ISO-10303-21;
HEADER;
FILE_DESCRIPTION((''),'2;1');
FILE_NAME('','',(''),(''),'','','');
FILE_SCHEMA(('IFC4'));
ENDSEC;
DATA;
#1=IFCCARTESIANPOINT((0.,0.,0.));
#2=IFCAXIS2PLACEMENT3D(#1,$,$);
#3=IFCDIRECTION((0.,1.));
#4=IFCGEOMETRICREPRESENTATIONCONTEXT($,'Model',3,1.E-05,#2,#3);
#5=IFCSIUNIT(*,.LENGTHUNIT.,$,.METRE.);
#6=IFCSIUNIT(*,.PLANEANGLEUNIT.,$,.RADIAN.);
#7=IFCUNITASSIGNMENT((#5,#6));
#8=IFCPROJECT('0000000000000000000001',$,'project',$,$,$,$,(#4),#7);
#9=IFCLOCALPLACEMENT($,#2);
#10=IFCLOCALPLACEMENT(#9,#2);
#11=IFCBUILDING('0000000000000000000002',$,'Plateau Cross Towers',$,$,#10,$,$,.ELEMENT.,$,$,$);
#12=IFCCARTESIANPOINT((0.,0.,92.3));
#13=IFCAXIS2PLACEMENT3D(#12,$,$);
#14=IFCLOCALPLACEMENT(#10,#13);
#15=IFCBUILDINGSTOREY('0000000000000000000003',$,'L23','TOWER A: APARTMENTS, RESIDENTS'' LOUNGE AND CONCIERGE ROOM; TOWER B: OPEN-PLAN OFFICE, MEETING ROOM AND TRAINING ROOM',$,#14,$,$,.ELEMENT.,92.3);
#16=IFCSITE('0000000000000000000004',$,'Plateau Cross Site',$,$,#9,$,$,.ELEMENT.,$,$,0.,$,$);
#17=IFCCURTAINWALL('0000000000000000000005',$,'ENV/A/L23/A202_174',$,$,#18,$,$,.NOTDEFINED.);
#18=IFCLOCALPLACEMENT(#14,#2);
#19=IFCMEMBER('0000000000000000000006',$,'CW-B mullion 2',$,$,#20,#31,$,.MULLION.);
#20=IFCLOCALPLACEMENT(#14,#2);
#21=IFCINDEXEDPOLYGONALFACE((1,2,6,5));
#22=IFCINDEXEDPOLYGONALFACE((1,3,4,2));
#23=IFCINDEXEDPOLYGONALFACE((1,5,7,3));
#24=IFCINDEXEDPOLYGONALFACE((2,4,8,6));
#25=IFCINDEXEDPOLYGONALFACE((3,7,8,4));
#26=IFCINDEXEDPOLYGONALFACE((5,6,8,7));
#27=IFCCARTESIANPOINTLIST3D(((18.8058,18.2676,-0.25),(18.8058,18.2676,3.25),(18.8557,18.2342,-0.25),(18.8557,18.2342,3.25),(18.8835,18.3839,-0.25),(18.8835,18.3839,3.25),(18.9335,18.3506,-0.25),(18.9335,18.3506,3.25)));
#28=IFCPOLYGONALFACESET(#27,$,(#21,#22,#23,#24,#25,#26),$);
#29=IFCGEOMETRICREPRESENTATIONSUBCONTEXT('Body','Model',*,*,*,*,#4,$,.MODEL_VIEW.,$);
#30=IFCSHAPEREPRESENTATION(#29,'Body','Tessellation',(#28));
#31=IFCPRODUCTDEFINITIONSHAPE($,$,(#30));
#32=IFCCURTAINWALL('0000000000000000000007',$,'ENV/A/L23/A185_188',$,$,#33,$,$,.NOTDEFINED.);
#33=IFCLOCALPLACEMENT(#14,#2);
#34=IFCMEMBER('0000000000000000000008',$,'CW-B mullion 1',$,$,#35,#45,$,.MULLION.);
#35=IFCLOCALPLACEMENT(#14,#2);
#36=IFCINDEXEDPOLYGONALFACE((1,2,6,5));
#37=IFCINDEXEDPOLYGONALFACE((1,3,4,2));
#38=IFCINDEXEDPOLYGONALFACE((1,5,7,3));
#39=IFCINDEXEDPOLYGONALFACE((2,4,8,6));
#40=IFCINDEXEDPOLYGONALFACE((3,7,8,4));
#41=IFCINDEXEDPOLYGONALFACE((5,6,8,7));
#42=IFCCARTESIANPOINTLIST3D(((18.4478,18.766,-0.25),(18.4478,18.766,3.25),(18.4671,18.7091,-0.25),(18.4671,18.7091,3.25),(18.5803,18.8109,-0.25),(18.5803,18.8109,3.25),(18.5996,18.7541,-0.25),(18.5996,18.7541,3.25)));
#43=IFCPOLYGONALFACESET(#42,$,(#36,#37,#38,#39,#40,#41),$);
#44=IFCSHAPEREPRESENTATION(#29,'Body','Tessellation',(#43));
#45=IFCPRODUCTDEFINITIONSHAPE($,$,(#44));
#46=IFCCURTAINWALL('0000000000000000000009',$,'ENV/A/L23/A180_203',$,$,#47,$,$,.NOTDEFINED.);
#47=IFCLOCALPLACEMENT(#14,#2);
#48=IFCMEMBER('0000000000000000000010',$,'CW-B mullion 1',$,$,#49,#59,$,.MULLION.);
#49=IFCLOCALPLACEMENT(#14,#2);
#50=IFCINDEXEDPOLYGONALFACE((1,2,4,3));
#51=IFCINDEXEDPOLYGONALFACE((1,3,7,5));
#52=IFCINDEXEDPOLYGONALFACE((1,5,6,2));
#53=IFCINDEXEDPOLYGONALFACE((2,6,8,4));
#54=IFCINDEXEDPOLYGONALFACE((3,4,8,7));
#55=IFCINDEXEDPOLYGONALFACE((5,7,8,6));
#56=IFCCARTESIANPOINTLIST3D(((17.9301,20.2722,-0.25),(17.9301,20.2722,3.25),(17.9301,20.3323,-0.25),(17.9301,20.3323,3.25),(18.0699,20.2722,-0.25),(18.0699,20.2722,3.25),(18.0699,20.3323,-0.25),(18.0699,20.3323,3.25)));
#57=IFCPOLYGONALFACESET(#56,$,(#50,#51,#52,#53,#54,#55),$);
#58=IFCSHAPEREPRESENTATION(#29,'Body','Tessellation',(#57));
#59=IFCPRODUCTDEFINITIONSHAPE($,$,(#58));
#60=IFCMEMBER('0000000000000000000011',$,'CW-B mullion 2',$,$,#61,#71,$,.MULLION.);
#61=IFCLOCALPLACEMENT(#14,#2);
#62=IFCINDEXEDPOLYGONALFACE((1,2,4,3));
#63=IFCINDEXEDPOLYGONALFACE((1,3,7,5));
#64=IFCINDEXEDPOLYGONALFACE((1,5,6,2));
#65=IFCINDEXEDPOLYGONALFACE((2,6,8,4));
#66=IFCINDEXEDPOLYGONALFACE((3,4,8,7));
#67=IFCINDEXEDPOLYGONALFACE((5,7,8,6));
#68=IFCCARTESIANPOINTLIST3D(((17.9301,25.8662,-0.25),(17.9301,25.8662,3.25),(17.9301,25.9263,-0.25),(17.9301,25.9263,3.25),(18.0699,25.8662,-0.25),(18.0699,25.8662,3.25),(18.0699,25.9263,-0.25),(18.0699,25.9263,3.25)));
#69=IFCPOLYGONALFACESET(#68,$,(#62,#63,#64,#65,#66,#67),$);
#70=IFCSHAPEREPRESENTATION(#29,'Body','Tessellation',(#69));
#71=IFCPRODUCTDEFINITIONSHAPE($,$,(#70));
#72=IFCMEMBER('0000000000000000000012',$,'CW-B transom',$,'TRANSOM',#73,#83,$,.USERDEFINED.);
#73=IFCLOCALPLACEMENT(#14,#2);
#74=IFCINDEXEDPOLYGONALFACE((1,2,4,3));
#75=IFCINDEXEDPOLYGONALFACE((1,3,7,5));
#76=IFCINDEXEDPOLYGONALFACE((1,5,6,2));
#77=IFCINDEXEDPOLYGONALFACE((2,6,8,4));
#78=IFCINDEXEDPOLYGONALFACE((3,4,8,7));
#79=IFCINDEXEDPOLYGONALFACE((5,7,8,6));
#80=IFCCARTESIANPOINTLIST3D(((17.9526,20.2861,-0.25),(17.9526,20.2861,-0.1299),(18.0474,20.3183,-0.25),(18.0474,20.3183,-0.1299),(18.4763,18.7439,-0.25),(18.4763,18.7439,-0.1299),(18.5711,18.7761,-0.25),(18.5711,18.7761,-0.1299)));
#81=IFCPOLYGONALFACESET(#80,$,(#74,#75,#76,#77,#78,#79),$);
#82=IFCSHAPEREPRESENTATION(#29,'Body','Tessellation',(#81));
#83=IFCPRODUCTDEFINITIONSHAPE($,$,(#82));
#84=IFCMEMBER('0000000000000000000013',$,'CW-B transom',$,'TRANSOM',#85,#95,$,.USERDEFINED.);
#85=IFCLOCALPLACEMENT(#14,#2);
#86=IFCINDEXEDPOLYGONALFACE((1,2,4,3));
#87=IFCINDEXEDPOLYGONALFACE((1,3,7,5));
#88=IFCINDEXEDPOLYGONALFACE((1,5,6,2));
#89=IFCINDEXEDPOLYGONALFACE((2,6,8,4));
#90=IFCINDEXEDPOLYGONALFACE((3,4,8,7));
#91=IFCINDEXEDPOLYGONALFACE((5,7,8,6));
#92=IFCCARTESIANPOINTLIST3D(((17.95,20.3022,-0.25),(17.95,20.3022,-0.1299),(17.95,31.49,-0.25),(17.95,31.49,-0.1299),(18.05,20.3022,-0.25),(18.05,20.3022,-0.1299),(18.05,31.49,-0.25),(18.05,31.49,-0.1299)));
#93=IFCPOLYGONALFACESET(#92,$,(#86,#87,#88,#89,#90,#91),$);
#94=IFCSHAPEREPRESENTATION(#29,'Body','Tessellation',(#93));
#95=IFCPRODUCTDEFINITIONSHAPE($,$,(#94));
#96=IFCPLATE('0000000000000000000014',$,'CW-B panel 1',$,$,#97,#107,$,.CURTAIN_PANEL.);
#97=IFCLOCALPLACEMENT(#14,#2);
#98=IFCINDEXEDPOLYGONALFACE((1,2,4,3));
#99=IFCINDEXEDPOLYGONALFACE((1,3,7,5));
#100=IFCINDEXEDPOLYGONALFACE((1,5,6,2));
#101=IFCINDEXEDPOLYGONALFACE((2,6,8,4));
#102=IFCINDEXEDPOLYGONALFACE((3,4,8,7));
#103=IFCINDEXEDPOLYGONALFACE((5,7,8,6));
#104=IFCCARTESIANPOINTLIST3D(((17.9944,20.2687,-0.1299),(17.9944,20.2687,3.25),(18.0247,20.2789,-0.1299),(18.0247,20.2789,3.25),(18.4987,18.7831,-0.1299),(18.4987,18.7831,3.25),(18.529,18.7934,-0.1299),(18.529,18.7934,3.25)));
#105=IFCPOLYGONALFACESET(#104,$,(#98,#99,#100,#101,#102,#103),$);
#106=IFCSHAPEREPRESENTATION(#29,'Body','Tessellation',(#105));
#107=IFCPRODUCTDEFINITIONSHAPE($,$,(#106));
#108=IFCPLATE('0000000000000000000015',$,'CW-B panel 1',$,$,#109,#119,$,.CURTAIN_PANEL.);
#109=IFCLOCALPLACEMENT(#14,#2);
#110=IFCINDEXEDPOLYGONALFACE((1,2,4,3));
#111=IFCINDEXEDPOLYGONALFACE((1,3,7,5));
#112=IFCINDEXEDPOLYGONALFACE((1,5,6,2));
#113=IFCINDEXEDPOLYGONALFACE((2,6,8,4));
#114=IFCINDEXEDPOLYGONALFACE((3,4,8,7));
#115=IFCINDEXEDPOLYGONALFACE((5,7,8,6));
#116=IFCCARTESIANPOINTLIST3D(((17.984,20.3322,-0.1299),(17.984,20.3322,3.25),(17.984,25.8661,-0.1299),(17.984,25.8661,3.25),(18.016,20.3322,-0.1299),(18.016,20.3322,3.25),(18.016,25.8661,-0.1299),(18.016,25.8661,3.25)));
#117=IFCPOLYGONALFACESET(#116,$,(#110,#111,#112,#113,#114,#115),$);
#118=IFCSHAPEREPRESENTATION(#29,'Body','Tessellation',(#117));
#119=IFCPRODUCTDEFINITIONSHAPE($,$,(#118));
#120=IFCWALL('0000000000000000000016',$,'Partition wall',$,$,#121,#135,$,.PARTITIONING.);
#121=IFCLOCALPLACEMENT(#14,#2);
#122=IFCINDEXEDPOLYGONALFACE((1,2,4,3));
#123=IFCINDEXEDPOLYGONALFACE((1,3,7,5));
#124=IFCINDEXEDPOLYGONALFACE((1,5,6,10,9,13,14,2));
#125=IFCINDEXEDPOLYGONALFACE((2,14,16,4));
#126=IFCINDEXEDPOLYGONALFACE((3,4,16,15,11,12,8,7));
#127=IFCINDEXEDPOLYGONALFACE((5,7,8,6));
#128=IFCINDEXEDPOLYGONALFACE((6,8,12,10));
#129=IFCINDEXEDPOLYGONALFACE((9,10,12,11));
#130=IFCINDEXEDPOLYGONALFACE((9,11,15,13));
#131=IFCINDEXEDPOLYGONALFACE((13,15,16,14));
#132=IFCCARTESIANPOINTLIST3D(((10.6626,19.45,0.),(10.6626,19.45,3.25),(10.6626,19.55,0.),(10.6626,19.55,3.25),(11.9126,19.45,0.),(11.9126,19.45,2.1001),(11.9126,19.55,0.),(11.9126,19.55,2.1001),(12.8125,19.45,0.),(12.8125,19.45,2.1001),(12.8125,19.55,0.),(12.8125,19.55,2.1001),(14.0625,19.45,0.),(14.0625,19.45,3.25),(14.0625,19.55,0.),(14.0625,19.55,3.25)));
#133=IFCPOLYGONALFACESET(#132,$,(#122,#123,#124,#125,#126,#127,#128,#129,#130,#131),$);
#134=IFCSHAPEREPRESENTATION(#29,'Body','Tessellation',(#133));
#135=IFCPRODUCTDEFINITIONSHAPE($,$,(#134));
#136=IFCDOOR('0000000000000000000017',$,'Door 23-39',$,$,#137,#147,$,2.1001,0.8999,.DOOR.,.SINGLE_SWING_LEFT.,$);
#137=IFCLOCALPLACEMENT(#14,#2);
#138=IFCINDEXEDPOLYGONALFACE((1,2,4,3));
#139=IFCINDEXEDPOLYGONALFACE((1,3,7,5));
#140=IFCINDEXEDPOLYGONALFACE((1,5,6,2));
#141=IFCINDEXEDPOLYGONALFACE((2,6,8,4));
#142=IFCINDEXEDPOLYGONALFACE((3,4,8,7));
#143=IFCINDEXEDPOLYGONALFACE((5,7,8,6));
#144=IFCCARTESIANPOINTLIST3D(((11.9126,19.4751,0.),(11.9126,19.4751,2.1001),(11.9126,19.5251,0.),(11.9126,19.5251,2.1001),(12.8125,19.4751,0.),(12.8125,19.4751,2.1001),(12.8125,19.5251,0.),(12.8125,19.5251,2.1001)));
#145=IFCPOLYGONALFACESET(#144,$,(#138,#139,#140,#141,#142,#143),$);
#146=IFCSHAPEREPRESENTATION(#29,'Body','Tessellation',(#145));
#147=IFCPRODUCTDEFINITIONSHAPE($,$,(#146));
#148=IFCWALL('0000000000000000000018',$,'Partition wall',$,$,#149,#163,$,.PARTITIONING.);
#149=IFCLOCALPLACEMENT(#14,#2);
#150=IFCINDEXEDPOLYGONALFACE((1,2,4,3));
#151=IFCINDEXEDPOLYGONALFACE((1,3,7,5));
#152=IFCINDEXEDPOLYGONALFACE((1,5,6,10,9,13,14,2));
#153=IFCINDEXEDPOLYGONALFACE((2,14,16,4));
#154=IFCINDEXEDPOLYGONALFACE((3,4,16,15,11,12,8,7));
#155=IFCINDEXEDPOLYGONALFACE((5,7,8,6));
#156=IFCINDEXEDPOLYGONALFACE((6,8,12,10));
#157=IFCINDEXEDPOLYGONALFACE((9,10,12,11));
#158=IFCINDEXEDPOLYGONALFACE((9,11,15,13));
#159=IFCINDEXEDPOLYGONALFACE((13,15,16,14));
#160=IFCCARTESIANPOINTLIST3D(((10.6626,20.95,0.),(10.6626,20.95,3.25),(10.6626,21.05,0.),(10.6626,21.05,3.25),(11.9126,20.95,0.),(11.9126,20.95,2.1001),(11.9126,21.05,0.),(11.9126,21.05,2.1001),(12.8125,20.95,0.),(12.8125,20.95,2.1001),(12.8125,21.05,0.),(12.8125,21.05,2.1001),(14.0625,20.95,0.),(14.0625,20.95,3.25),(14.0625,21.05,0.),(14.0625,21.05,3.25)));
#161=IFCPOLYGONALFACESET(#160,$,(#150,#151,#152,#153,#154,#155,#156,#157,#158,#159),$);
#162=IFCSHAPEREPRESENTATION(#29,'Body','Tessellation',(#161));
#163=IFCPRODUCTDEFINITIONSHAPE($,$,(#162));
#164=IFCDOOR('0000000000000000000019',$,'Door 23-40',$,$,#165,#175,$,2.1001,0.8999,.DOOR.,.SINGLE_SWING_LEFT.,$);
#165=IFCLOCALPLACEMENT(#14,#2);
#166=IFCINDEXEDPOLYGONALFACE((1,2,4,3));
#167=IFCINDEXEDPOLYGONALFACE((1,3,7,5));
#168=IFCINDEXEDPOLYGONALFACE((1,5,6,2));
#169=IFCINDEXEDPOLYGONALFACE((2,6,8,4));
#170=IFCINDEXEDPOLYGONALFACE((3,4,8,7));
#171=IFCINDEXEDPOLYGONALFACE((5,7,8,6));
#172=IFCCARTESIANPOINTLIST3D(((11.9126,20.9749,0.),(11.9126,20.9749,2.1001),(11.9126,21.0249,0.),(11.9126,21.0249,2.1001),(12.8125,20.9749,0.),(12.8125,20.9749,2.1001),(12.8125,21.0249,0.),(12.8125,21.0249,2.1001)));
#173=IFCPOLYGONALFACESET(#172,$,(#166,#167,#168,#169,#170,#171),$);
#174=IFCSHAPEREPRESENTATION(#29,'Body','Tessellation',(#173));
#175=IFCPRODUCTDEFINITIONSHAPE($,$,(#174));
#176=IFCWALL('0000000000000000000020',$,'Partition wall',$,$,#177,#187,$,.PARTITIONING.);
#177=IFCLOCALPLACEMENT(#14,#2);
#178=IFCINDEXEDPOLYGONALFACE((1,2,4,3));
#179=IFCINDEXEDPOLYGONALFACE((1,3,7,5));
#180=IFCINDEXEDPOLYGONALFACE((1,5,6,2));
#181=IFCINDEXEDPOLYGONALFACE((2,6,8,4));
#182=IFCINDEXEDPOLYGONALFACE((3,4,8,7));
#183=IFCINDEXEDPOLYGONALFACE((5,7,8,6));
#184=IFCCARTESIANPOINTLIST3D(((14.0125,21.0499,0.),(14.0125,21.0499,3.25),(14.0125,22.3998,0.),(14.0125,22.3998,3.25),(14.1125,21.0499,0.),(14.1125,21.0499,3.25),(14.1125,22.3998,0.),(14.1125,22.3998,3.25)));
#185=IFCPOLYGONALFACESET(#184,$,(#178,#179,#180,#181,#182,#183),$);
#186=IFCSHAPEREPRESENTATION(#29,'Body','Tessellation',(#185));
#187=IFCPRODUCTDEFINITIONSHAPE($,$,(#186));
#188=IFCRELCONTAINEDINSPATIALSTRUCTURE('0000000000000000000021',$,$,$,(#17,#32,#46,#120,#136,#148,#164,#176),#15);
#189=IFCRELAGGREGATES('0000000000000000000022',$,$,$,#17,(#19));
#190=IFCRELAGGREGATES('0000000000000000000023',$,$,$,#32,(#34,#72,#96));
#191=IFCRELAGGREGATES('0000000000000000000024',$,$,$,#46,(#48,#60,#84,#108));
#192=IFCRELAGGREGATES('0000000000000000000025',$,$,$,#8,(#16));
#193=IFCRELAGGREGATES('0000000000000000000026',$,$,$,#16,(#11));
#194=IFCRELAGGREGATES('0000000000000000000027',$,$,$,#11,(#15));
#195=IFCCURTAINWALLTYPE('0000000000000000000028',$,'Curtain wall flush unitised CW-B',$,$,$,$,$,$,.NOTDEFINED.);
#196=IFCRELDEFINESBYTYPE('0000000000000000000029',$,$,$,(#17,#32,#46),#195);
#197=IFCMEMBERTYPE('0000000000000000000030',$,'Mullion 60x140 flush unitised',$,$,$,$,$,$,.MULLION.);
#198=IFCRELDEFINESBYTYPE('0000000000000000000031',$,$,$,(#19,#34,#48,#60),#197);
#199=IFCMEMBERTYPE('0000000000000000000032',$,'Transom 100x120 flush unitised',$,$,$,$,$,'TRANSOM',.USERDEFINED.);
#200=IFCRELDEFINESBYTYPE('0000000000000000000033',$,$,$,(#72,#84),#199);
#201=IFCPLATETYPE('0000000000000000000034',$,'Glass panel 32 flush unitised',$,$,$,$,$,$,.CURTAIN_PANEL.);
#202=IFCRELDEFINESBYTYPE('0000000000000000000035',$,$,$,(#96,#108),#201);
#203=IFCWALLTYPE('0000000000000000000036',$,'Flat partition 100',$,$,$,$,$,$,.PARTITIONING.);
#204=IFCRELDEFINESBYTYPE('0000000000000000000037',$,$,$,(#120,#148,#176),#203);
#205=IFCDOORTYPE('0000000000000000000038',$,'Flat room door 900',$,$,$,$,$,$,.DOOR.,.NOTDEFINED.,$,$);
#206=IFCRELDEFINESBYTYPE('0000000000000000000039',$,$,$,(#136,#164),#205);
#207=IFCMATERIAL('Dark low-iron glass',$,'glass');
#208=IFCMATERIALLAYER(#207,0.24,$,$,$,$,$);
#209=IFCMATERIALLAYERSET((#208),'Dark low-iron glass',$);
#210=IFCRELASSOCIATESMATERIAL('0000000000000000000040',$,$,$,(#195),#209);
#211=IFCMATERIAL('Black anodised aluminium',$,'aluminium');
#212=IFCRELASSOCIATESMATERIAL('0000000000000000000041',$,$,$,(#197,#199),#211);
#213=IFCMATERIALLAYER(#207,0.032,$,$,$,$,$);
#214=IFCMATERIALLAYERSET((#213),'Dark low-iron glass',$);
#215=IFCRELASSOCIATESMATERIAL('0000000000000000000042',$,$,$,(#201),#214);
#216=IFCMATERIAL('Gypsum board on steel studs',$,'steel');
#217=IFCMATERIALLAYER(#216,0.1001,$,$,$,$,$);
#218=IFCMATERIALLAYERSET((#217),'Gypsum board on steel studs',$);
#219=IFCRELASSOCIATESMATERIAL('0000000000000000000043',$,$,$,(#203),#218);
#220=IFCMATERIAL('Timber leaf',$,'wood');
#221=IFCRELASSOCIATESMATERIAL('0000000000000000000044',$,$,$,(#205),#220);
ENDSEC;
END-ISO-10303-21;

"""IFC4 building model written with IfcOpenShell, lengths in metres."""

from ifc_helpers import new_model, si_unit, direction, frame, frame_2d, origin, origin_2d, place, context, subcontext, project, spatial, rectangle, extrude, material, layer, layer_set, material_profile, profile_set, type_object, element, fill, aggregate, save


model = new_model("IFC4")

# Units and contexts
model_context = context("Model", 3, precision=1e-05, world=origin(), true_north=direction((0.0, 1.0)))
body_context = subcontext(model_context, "Body", "Model", "MODEL_VIEW")
ifc_project = project(units=[si_unit("LENGTHUNIT", "METRE"), si_unit("PLANEANGLEUNIT", "RADIAN")], contexts=[model_context])

# Site, building, storey
site_placement = place(None, origin())
site = spatial("IfcSite", under=ifc_project, at=site_placement, Name="Plateau Cross Site", CompositionType="ELEMENT", RefElevation=0.0)
building_placement = place(site_placement, origin())
building = spatial("IfcBuilding", under=site, at=building_placement, Name="Plateau Cross Towers", CompositionType="ELEMENT")
storey_placement = place(building_placement, frame((0.0, 0.0, 92.3)))
storey = spatial("IfcBuildingStorey", under=building, at=storey_placement, Name="L23", Description="TOWER A: APARTMENTS, RESIDENTS' LOUNGE AND CONCIERGE ROOM; TOWER B: OPEN-PLAN OFFICE, MEETING ROOM AND TRAINING ROOM", CompositionType="ELEMENT", Elevation=92.3)

# Curtain walls, members
ifc_material_1 = material(Name="Dark low-iron glass", Category="glass")
ifc_layer_1 = layer(ifc_material_1, 0.24)
ifc_layer_set_1 = layer_set([ifc_layer_1], Name="Dark low-iron glass")
curtain_wall_type = type_object("IfcCurtainWallType", Name="Curtain wall flush unitised CW-B", PredefinedType="NOTDEFINED", material=ifc_layer_set_1)
curtain_wall_1_placement = place(storey_placement, origin())
curtain_wall_1 = element("IfcCurtainWall", 1, at=curtain_wall_1_placement, inside=storey, type_object=curtain_wall_type, Name="ENV/A/L23/A202_174", PredefinedType="NOTDEFINED")
ifc_material_2 = material(Name="Black anodised aluminium", Category="aluminium")
ifc_material_profile_1 = material_profile(ifc_material_2, rectangle(XDim=0.0601, YDim=0.1399, at=origin_2d()), Name="MULLION 60x140")
ifc_profile_set_1 = profile_set([ifc_material_profile_1], Name="Black anodised aluminium")
member_type_1 = type_object("IfcMemberType", Name="Mullion 60x140 flush unitised", PredefinedType="MULLION", material=ifc_profile_set_1)
member_1_placement = place(storey_placement, frame((18.8696, 18.3091, -0.25), z_axis=(0.0, 0.0, 1.0), x_axis=(-0.831521, 0.555493, 0.0)))
member_1 = element("IfcMember", 2, at=member_1_placement, type_object=member_type_1, Name="CW-B mullion 2", PredefinedType="MULLION", context=body_context, shape_type="SweptSolid", body=[
    extrude(rectangle(XDim=0.0601, YDim=0.1399, at=origin_2d()), origin(), (0.0, 0.0, 1.0), 3.5),
])
aggregate(curtain_wall_1, [member_1])
curtain_wall_2_placement = place(storey_placement, origin())
curtain_wall_2 = element("IfcCurtainWall", 3, at=curtain_wall_2_placement, inside=storey, type_object=curtain_wall_type, Name="ENV/A/L23/A185_188", PredefinedType="NOTDEFINED")
member_2_placement = place(storey_placement, frame((18.5237, 18.76, -0.25), z_axis=(0.0, 0.0, 1.0), x_axis=(-0.321469, 0.94692, 0.0)))
member_2 = element("IfcMember", 4, at=member_2_placement, type_object=member_type_1, Name="CW-B mullion 1", PredefinedType="MULLION", context=body_context, shape_type="SweptSolid", body=[
    extrude(rectangle(XDim=0.0601, YDim=0.1399, at=origin_2d()), origin(), (0.0, 0.0, 1.0), 3.5),
])

# Curtain wall, members
curtain_wall_3_placement = place(storey_placement, origin())
curtain_wall_3 = element("IfcCurtainWall", 5, at=curtain_wall_3_placement, inside=storey, type_object=curtain_wall_type, Name="ENV/A/L23/A180_203", PredefinedType="NOTDEFINED")
member_3_placement = place(storey_placement, frame((18.0, 20.3022, -0.25), z_axis=(0.0, 0.0, 1.0), x_axis=(0.0, 1.0, 0.0)))
member_3 = element("IfcMember", 6, at=member_3_placement, type_object=member_type_1, Name="CW-B mullion 1", PredefinedType="MULLION", context=body_context, shape_type="SweptSolid", body=[
    extrude(rectangle(XDim=0.0601, YDim=0.1399, at=origin_2d()), origin(), (0.0, 0.0, 1.0), 3.5),
])
member_4_placement = place(storey_placement, frame((18.0, 25.8962, -0.25), z_axis=(0.0, 0.0, 1.0), x_axis=(0.0, 1.0, 0.0)))
member_4 = element("IfcMember", 7, at=member_4_placement, type_object=member_type_1, Name="CW-B mullion 2", PredefinedType="MULLION", context=body_context, shape_type="SweptSolid", body=[
    extrude(rectangle(XDim=0.0601, YDim=0.1399, at=origin_2d()), origin(), (0.0, 0.0, 1.0), 3.5),
])

# Members
ifc_material_profile_2 = material_profile(ifc_material_2, rectangle(XDim=0.1001, YDim=0.1201, at=origin_2d()), Name="TRANSOM 100x120")
ifc_profile_set_2 = profile_set([ifc_material_profile_2], Name="Black anodised aluminium")
member_type_2 = type_object("IfcMemberType", Name="Transom 100x120 flush unitised", ElementType="TRANSOM", PredefinedType="USERDEFINED", material=ifc_profile_set_2)
member_5_placement = place(storey_placement, frame((18.5237, 18.76, -0.1899), z_axis=(-0.321529, 0.9469, 0.0), x_axis=(-0.9469, -0.321529, 0.0)))
member_5 = element("IfcMember", 8, at=member_5_placement, type_object=member_type_2, Name="CW-B transom", ObjectType="TRANSOM", PredefinedType="USERDEFINED", context=body_context, shape_type="SweptSolid", body=[
    extrude(rectangle(XDim=0.1001, YDim=0.1201, at=origin_2d()), origin(), (0.0, 0.0, 1.0), 1.6287),
])
member_6_placement = place(storey_placement, frame((18.0, 20.3022, -0.1899), z_axis=(0.0, 1.0, 0.0), x_axis=(-1.0, 0.0, 0.0)))
member_6 = element("IfcMember", 9, at=member_6_placement, type_object=member_type_2, Name="CW-B transom", ObjectType="TRANSOM", PredefinedType="USERDEFINED", context=body_context, shape_type="SweptSolid", body=[
    extrude(rectangle(XDim=0.1001, YDim=0.1201, at=origin_2d()), origin(), (0.0, 0.0, 1.0), 11.1877),
])

# Plates
ifc_layer_2 = layer(ifc_material_1, 0.032)
ifc_layer_set_2 = layer_set([ifc_layer_2], Name="Dark low-iron glass")
plate_type = type_object("IfcPlateType", Name="Glass panel 32 flush unitised", PredefinedType="CURTAIN_PANEL", material=ifc_layer_set_2)
plate_1_placement = place(storey_placement, frame((18.2617, 19.531, -0.1299), z_axis=(0.0, 0.0, 1.0), x_axis=(-0.321469, 0.94692, 0.0)))
plate_1 = element("IfcPlate", 10, at=plate_1_placement, type_object=plate_type, Name="CW-B panel 1", PredefinedType="CURTAIN_PANEL", context=body_context, shape_type="SweptSolid", body=[
    extrude(rectangle(XDim=1.5688, YDim=0.032, at=origin_2d()), origin(), (0.0, 0.0, 1.0), 3.3799),
])
aggregate(curtain_wall_2, [member_2, member_5, plate_1])
plate_2_placement = place(storey_placement, frame((18.0, 23.0991, -0.1299), z_axis=(0.0, 0.0, 1.0), x_axis=(0.0, 1.0, 0.0)))
plate_2 = element("IfcPlate", 11, at=plate_2_placement, type_object=plate_type, Name="CW-B panel 1", PredefinedType="CURTAIN_PANEL", context=body_context, shape_type="SweptSolid", body=[
    extrude(rectangle(XDim=5.5339, YDim=0.032, at=origin_2d()), origin(), (0.0, 0.0, 1.0), 3.3799),
])
aggregate(curtain_wall_3, [member_3, member_4, member_6, plate_2])

# Walls, openings, doors
ifc_material_3 = material(Name="Gypsum board on steel studs", Category="steel")
ifc_layer_3 = layer(ifc_material_3, 0.1001)
ifc_layer_set_3 = layer_set([ifc_layer_3], Name="Gypsum board on steel studs")
wall_type_1 = type_object("IfcWallType", Name="Flat partition 100", PredefinedType="PARTITIONING", material=ifc_layer_set_3)
wall_1_placement = place(storey_placement, frame((14.0625, 19.5, 0.0), z_axis=(0.0, 0.0, 1.0), x_axis=(-1.0, 0.0, 0.0)))
wall_1 = element("IfcWall", 12, at=wall_1_placement, inside=storey, type_object=wall_type_1, Name="Partition wall", PredefinedType="PARTITIONING", context=body_context, shape_type="SweptSolid", body=[
    extrude(rectangle(XDim=3.3999, YDim=0.1001, at=frame_2d((1.7, 0.0))), origin(), (0.0, 0.0, 1.0), 3.25),
])
opening_1_placement = place(wall_1_placement, frame((1.25, 0.0, 0.0)))
opening_1 = element("IfcOpeningElement", 13, at=opening_1_placement, cuts=wall_1, PredefinedType="OPENING", context=body_context, shape_type="SweptSolid", body=[
    extrude(rectangle(XDim=0.8999, YDim=2.1001, at=frame_2d((0.45, 1.05))), frame((0.0, 0.0601, 0.0), z_axis=(0.0, -1.0, 0.0), x_axis=(1.0, 0.0, 0.0)), (0.0, 0.0, 1.0), 0.1201),
])
ifc_material_4 = material(Name="Timber leaf", Category="wood")
door_type = type_object("IfcDoorType", Name="Flat room door 900", OperationType="NOTDEFINED", PredefinedType="DOOR", material=ifc_material_4)
door_1_placement = place(opening_1_placement, origin())
door_1 = element("IfcDoor", 14, at=door_1_placement, inside=storey, type_object=door_type, Name="Door 23-39", OperationType="SINGLE_SWING_LEFT", OverallHeight=2.1001, OverallWidth=0.8999, PredefinedType="DOOR", context=body_context, shape_type="SweptSolid", body=[
    extrude(rectangle(XDim=0.8999, YDim=2.1001, at=frame_2d((0.45, 1.05))), frame((0.0, 0.0249, 0.0), z_axis=(0.0, -1.0, 0.0), x_axis=(1.0, 0.0, 0.0)), (0.0, 0.0, 1.0), 0.05),
])
fill(opening_1, door_1)
wall_2_placement = place(storey_placement, frame((10.6626, 21.0, 0.0), z_axis=(0.0, 0.0, 1.0), x_axis=(1.0, 0.0, 0.0)))
wall_2 = element("IfcWall", 15, at=wall_2_placement, inside=storey, type_object=wall_type_1, Name="Partition wall", PredefinedType="PARTITIONING", context=body_context, shape_type="SweptSolid", body=[
    extrude(rectangle(XDim=3.3999, YDim=0.1001, at=frame_2d((1.7, 0.0))), origin(), (0.0, 0.0, 1.0), 3.25),
])
opening_2_placement = place(wall_2_placement, frame((1.25, 0.0, 0.0)))
opening_2 = element("IfcOpeningElement", 16, at=opening_2_placement, cuts=wall_2, PredefinedType="OPENING", context=body_context, shape_type="SweptSolid", body=[
    extrude(rectangle(XDim=0.8999, YDim=2.1001, at=frame_2d((0.45, 1.05))), frame((0.0, 0.0601, 0.0), z_axis=(0.0, -1.0, 0.0), x_axis=(1.0, 0.0, 0.0)), (0.0, 0.0, 1.0), 0.1201),
])
door_2_placement = place(opening_2_placement, origin())
door_2 = element("IfcDoor", 17, at=door_2_placement, inside=storey, type_object=door_type, Name="Door 23-40", OperationType="SINGLE_SWING_LEFT", OverallHeight=2.1001, OverallWidth=0.8999, PredefinedType="DOOR", context=body_context, shape_type="SweptSolid", body=[
    extrude(rectangle(XDim=0.8999, YDim=2.1001, at=frame_2d((0.45, 1.05))), frame((0.0, 0.0249, 0.0), z_axis=(0.0, -1.0, 0.0), x_axis=(1.0, 0.0, 0.0)), (0.0, 0.0, 1.0), 0.05),
])
fill(opening_2, door_2)

# Wall
wall_3_placement = place(storey_placement, frame((14.0625, 21.05, 0.0), z_axis=(0.0, 0.0, 1.0), x_axis=(0.0, 1.0, 0.0)))
element("IfcWall", 18, at=wall_3_placement, inside=storey, type_object=wall_type_1, Name="Partition wall", PredefinedType="PARTITIONING", context=body_context, shape_type="SweptSolid", body=[
    extrude(rectangle(XDim=1.3499, YDim=0.1001, at=frame_2d((0.6748, 0.0))), origin(), (0.0, 0.0, 1.0), 3.25),
])

save(model, "model.ifc")
